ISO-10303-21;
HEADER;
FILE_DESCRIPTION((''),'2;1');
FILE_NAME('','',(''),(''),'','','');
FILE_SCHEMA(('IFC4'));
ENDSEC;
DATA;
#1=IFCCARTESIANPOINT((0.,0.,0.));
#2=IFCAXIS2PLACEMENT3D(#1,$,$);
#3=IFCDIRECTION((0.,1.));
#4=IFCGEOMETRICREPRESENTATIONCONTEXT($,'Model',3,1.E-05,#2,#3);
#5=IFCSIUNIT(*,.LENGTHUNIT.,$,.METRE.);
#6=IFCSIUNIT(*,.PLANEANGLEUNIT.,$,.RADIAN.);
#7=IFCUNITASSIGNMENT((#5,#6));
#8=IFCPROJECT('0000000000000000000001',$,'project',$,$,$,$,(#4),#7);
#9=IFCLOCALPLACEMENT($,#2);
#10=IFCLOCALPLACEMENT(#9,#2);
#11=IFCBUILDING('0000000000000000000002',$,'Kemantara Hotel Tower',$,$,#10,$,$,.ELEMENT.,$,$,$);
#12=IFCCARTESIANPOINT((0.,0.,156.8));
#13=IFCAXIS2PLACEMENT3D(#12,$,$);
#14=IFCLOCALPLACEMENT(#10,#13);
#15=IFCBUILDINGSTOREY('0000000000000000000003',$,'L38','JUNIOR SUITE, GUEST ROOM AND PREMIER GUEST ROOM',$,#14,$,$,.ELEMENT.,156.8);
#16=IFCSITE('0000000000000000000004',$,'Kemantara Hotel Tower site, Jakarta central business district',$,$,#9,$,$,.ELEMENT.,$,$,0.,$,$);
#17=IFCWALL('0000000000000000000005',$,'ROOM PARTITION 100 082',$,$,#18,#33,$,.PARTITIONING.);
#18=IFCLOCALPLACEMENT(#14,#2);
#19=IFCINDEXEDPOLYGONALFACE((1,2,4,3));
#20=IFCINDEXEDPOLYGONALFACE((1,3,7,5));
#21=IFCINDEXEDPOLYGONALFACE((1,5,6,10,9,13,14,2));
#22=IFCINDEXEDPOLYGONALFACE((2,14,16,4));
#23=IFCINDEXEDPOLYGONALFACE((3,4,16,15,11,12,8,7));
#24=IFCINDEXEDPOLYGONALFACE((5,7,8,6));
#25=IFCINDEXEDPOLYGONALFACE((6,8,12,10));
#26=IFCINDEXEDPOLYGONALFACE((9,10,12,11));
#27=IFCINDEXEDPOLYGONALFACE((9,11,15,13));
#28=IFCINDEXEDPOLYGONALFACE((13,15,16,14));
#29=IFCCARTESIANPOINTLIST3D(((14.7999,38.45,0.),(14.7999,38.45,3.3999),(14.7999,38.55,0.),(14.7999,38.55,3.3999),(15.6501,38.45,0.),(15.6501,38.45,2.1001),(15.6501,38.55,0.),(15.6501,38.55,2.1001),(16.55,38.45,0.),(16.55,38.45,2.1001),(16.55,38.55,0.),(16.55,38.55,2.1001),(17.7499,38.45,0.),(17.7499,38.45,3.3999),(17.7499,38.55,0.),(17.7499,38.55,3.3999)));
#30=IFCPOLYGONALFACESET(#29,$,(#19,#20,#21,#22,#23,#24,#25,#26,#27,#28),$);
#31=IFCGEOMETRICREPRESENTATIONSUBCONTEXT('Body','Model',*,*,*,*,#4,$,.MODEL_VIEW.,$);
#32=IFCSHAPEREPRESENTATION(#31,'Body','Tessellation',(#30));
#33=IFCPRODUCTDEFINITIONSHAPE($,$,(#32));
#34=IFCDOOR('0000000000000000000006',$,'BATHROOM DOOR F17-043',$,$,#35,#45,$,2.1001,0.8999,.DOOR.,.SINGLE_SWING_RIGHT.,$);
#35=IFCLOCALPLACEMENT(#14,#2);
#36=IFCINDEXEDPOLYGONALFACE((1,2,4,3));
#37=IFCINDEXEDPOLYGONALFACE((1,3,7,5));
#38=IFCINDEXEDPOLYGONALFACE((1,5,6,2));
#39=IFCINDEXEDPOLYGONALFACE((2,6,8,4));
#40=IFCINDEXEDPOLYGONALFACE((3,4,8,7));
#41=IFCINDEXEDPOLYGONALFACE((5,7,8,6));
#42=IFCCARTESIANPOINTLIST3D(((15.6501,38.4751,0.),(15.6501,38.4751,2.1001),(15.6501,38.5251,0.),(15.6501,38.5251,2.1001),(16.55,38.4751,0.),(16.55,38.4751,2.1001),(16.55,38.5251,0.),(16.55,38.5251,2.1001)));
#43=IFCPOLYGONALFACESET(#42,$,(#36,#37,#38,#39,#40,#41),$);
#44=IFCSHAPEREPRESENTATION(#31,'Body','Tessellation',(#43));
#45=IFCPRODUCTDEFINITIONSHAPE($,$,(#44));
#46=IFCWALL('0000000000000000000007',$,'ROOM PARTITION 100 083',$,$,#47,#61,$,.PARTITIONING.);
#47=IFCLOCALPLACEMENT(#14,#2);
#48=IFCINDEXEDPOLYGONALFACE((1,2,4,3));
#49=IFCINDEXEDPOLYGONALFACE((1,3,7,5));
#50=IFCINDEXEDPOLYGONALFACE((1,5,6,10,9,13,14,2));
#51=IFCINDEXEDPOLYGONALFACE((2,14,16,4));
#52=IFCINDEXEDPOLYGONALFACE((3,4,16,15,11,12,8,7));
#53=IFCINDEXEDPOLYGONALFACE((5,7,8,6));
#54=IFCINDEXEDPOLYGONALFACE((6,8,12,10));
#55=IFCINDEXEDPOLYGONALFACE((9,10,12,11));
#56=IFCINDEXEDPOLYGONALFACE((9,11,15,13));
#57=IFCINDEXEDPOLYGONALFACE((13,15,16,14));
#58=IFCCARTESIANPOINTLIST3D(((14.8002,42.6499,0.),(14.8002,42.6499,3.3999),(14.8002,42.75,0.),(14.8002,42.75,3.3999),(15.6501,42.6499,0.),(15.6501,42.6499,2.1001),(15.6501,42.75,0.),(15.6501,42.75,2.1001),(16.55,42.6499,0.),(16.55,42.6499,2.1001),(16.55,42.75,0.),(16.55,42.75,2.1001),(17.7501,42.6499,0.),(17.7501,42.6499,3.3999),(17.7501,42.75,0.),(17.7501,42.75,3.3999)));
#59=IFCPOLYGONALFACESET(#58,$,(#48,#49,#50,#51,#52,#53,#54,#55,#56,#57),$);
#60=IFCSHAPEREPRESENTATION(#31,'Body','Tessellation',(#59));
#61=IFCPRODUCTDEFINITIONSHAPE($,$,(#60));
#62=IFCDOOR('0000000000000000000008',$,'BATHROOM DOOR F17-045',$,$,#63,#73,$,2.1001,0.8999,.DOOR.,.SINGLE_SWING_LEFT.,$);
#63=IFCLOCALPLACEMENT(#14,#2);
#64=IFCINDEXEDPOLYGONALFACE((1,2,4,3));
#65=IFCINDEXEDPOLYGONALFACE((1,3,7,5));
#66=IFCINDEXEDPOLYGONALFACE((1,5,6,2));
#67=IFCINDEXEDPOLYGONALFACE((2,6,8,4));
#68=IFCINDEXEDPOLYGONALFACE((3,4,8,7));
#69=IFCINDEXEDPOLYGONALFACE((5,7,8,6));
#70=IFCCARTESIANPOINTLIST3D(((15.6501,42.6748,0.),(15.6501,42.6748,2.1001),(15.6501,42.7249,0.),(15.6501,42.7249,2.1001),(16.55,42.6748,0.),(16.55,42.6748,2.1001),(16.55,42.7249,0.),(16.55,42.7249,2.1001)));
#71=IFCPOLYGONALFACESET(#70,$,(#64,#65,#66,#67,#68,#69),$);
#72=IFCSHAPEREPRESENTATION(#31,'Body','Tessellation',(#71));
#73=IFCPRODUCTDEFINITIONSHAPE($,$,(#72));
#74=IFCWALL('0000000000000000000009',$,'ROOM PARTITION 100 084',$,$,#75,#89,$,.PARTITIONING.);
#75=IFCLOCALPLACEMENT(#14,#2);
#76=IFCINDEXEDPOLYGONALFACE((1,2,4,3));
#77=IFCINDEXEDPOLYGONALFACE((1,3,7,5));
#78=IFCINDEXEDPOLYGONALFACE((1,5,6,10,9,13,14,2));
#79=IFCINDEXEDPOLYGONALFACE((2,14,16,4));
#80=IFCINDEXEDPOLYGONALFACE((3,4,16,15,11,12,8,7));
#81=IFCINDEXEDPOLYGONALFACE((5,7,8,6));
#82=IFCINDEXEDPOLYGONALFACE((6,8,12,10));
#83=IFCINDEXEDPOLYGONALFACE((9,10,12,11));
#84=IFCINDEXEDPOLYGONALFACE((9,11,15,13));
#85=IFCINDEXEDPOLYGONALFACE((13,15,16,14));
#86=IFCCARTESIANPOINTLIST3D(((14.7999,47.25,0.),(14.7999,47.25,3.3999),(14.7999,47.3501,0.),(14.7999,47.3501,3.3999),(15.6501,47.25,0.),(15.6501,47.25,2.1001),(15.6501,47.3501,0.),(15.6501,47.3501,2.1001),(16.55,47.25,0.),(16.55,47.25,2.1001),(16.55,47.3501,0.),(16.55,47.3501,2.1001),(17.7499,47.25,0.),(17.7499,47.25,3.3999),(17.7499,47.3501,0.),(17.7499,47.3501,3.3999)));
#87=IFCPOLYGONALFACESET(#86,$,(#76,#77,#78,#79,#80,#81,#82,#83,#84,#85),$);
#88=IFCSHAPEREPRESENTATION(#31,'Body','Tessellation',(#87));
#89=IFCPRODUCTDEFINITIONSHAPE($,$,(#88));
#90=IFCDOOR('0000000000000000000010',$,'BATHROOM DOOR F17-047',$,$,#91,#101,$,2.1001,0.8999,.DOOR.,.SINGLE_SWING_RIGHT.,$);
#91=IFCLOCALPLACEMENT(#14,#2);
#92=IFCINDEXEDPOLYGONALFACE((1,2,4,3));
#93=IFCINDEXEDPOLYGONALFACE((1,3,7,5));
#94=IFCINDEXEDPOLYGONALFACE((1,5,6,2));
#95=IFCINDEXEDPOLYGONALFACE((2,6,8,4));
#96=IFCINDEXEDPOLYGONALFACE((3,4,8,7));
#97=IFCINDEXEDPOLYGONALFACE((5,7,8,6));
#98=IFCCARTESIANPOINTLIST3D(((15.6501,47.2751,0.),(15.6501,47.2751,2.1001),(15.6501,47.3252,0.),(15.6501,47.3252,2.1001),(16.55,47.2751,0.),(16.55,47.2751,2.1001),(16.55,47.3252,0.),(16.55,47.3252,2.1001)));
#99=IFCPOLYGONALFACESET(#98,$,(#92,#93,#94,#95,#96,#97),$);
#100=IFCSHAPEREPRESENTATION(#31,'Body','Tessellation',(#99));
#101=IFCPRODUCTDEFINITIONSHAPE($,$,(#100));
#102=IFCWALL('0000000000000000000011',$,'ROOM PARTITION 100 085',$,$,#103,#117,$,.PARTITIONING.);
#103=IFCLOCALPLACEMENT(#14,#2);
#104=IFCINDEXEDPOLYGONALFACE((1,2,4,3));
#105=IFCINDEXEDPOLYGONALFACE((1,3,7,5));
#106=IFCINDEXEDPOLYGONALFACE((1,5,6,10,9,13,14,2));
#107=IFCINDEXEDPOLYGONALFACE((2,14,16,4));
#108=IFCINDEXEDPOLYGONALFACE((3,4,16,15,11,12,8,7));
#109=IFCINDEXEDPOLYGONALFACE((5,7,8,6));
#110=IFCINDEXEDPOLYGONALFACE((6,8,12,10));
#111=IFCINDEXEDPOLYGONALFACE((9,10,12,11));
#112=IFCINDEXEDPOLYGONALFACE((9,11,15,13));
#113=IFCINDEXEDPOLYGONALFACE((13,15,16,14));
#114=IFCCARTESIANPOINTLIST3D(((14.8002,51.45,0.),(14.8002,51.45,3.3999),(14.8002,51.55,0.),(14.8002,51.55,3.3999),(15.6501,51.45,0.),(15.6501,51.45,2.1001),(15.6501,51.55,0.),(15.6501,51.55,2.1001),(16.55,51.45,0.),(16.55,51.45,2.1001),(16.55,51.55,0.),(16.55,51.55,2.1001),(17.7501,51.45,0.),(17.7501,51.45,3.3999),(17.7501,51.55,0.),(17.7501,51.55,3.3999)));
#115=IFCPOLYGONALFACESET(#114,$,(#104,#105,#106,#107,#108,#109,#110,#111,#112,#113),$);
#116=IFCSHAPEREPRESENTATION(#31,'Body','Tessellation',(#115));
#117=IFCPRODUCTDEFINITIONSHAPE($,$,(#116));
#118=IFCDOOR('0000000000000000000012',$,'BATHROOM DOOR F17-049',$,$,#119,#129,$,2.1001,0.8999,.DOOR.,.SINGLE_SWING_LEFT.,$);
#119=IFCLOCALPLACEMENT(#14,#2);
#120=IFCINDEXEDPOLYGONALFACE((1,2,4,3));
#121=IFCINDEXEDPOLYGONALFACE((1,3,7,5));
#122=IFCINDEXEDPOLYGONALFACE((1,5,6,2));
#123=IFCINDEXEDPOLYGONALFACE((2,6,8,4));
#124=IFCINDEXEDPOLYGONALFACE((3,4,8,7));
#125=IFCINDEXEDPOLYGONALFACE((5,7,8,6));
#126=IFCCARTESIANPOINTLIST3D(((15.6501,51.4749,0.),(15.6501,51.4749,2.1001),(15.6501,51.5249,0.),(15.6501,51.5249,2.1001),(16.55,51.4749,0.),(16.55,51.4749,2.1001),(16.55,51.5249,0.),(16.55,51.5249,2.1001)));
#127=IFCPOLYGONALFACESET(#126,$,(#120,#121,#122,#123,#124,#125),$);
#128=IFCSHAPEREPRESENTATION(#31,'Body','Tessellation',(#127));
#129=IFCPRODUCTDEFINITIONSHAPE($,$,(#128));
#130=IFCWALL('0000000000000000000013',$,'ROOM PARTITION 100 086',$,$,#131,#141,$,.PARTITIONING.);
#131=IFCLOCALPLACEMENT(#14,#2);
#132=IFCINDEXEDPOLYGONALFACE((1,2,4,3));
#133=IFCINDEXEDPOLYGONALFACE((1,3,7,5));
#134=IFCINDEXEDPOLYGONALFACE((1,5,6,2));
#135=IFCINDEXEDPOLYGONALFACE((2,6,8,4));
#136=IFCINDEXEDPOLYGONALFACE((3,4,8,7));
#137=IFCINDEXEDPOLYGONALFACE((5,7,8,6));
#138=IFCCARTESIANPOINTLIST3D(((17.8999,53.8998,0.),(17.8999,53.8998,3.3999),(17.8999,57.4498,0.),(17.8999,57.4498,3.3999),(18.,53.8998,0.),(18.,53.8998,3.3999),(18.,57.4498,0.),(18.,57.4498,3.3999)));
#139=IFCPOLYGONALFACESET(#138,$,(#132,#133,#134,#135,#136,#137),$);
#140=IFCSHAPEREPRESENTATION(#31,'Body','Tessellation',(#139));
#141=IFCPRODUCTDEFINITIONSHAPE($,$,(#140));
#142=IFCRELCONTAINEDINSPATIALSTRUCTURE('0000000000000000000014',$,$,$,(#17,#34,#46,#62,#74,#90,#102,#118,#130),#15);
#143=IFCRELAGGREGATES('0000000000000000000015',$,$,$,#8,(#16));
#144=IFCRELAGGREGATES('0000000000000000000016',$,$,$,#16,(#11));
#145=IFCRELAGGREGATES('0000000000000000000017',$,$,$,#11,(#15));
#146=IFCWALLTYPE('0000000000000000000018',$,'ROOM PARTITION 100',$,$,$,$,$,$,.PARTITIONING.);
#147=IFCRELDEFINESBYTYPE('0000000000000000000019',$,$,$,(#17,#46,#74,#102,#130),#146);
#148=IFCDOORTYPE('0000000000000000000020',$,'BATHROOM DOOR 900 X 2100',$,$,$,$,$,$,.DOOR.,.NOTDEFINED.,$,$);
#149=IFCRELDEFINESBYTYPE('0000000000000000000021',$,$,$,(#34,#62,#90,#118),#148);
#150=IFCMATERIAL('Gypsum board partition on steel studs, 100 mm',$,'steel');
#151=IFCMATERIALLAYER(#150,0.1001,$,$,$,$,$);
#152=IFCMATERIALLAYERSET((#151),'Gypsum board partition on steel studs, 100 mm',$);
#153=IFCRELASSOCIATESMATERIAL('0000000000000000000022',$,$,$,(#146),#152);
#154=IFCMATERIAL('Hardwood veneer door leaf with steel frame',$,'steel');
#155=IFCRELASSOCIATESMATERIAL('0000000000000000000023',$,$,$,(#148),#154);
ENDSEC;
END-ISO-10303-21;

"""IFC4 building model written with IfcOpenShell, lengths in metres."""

from ifc_helpers import new_model, si_unit, direction, frame, frame_2d, origin, place, context, subcontext, project, spatial, rectangle, extrude, material, layer, layer_set, type_object, element, fill, save


model = new_model("IFC4")

# Units and contexts
model_context = context("Model", 3, precision=1e-05, world=origin(), true_north=direction((0.0, 1.0)))
body_context = subcontext(model_context, "Body", "Model", "MODEL_VIEW")
ifc_project = project(units=[si_unit("LENGTHUNIT", "METRE"), si_unit("PLANEANGLEUNIT", "RADIAN")], contexts=[model_context])

# Site, building, storey
site_placement = place(None, origin())
site = spatial("IfcSite", under=ifc_project, at=site_placement, Name="Kemantara Hotel Tower site, Jakarta central business district", CompositionType="ELEMENT", RefElevation=0.0)
building_placement = place(site_placement, origin())
building = spatial("IfcBuilding", under=site, at=building_placement, Name="Kemantara Hotel Tower", CompositionType="ELEMENT")
storey_placement = place(building_placement, frame((0.0, 0.0, 156.8)))
storey = spatial("IfcBuildingStorey", under=building, at=storey_placement, Name="L38", Description="JUNIOR SUITE, GUEST ROOM AND PREMIER GUEST ROOM", CompositionType="ELEMENT", Elevation=156.8)

# Shared definitions
ifc_material_1 = material(Name="Gypsum board partition on steel studs, 100 mm", Category="steel")
ifc_layer_1 = layer(ifc_material_1, 0.1001)
ifc_layer_set_1 = layer_set([ifc_layer_1], Name="Gypsum board partition on steel studs, 100 mm")
wall_type_1 = type_object("IfcWallType", Name="ROOM PARTITION 100", PredefinedType="PARTITIONING", material=ifc_layer_set_1)

# Walls, openings, doors
wall_1_placement = place(storey_placement, frame((17.75, 38.5, 0.0), z_axis=(0.0, 0.0, 1.0), x_axis=(-1.0, 0.0, 0.0)))
wall_1 = element("IfcWall", 1, at=wall_1_placement, inside=storey, type_object=wall_type_1, Name="ROOM PARTITION 100 082", PredefinedType="PARTITIONING", context=body_context, shape_type="SweptSolid", body=[
    extrude(rectangle(XDim=2.95, YDim=0.1001, at=frame_2d((1.4751, 0.0))), origin(), (0.0, 0.0, 1.0), 3.3999),
])
opening_1_placement = place(wall_1_placement, frame((1.2, 0.0, 0.0)))
opening_1 = element("IfcOpeningElement", 2, at=opening_1_placement, cuts=wall_1, PredefinedType="OPENING", context=body_context, shape_type="SweptSolid", body=[
    extrude(rectangle(XDim=0.8999, YDim=2.1001, at=frame_2d((0.45, 1.05))), frame((0.0, 0.0601, 0.0), z_axis=(0.0, -1.0, 0.0), x_axis=(1.0, 0.0, 0.0)), (0.0, 0.0, 1.0), 0.1201),
])
ifc_material_2 = material(Name="Hardwood veneer door leaf with steel frame", Category="steel")
door_type = type_object("IfcDoorType", Name="BATHROOM DOOR 900 X 2100", OperationType="NOTDEFINED", PredefinedType="DOOR", material=ifc_material_2)
door_1_placement = place(opening_1_placement, origin())
door_1 = element("IfcDoor", 3, at=door_1_placement, inside=storey, type_object=door_type, Name="BATHROOM DOOR F17-043", OperationType="SINGLE_SWING_RIGHT", OverallHeight=2.1001, OverallWidth=0.8999, PredefinedType="DOOR", context=body_context, shape_type="SweptSolid", body=[
    extrude(rectangle(XDim=0.8999, YDim=2.1001, at=frame_2d((0.45, 1.05))), frame((0.0, 0.0249, 0.0), z_axis=(0.0, -1.0, 0.0), x_axis=(1.0, 0.0, 0.0)), (0.0, 0.0, 1.0), 0.05),
])
fill(opening_1, door_1)
wall_2_placement = place(storey_placement, frame((14.8, 42.7, 0.0), z_axis=(0.0, 0.0, 1.0), x_axis=(1.0, 0.0, 0.0)))
wall_2 = element("IfcWall", 4, at=wall_2_placement, inside=storey, type_object=wall_type_1, Name="ROOM PARTITION 100 083", PredefinedType="PARTITIONING", context=body_context, shape_type="SweptSolid", body=[
    extrude(rectangle(XDim=2.95, YDim=0.1001, at=frame_2d((1.4751, 0.0))), origin(), (0.0, 0.0, 1.0), 3.3999),
])
opening_2_placement = place(wall_2_placement, frame((0.8501, 0.0, 0.0)))
opening_2 = element("IfcOpeningElement", 5, at=opening_2_placement, cuts=wall_2, PredefinedType="OPENING", context=body_context, shape_type="SweptSolid", body=[
    extrude(rectangle(XDim=0.8999, YDim=2.1001, at=frame_2d((0.45, 1.05))), frame((0.0, 0.0601, 0.0), z_axis=(0.0, -1.0, 0.0), x_axis=(1.0, 0.0, 0.0)), (0.0, 0.0, 1.0), 0.1201),
])
door_2_placement = place(opening_2_placement, origin())
door_2 = element("IfcDoor", 6, at=door_2_placement, inside=storey, type_object=door_type, Name="BATHROOM DOOR F17-045", OperationType="SINGLE_SWING_LEFT", OverallHeight=2.1001, OverallWidth=0.8999, PredefinedType="DOOR", context=body_context, shape_type="SweptSolid", body=[
    extrude(rectangle(XDim=0.8999, YDim=2.1001, at=frame_2d((0.45, 1.05))), frame((0.0, 0.0249, 0.0), z_axis=(0.0, -1.0, 0.0), x_axis=(1.0, 0.0, 0.0)), (0.0, 0.0, 1.0), 0.05),
])
fill(opening_2, door_2)
wall_3_placement = place(storey_placement, frame((17.75, 47.3, 0.0), z_axis=(0.0, 0.0, 1.0), x_axis=(-1.0, 0.0, 0.0)))
wall_3 = element("IfcWall", 7, at=wall_3_placement, inside=storey, type_object=wall_type_1, Name="ROOM PARTITION 100 084", PredefinedType="PARTITIONING", context=body_context, shape_type="SweptSolid", body=[
    extrude(rectangle(XDim=2.95, YDim=0.1001, at=frame_2d((1.4751, 0.0))), origin(), (0.0, 0.0, 1.0), 3.3999),
])
opening_3_placement = place(wall_3_placement, frame((1.2, 0.0, 0.0)))
opening_3 = element("IfcOpeningElement", 8, at=opening_3_placement, cuts=wall_3, PredefinedType="OPENING", context=body_context, shape_type="SweptSolid", body=[
    extrude(rectangle(XDim=0.8999, YDim=2.1001, at=frame_2d((0.45, 1.05))), frame((0.0, 0.0601, 0.0), z_axis=(0.0, -1.0, 0.0), x_axis=(1.0, 0.0, 0.0)), (0.0, 0.0, 1.0), 0.1201),
])
door_3_placement = place(opening_3_placement, origin())
door_3 = element("IfcDoor", 9, at=door_3_placement, inside=storey, type_object=door_type, Name="BATHROOM DOOR F17-047", OperationType="SINGLE_SWING_RIGHT", OverallHeight=2.1001, OverallWidth=0.8999, PredefinedType="DOOR", context=body_context, shape_type="SweptSolid", body=[
    extrude(rectangle(XDim=0.8999, YDim=2.1001, at=frame_2d((0.45, 1.05))), frame((0.0, 0.0249, 0.0), z_axis=(0.0, -1.0, 0.0), x_axis=(1.0, 0.0, 0.0)), (0.0, 0.0, 1.0), 0.05),
])
fill(opening_3, door_3)
wall_4_placement = place(storey_placement, frame((14.8, 51.5, 0.0), z_axis=(0.0, 0.0, 1.0), x_axis=(1.0, 0.0, 0.0)))
wall_4 = element("IfcWall", 10, at=wall_4_placement, inside=storey, type_object=wall_type_1, Name="ROOM PARTITION 100 085", PredefinedType="PARTITIONING", context=body_context, shape_type="SweptSolid", body=[
    extrude(rectangle(XDim=2.95, YDim=0.1001, at=frame_2d((1.4751, 0.0))), origin(), (0.0, 0.0, 1.0), 3.3999),
])
opening_4_placement = place(wall_4_placement, frame((0.8501, 0.0, 0.0)))
opening_4 = element("IfcOpeningElement", 11, at=opening_4_placement, cuts=wall_4, PredefinedType="OPENING", context=body_context, shape_type="SweptSolid", body=[
    extrude(rectangle(XDim=0.8999, YDim=2.1001, at=frame_2d((0.45, 1.05))), frame((0.0, 0.0601, 0.0), z_axis=(0.0, -1.0, 0.0), x_axis=(1.0, 0.0, 0.0)), (0.0, 0.0, 1.0), 0.1201),
])
door_4_placement = place(opening_4_placement, origin())
door_4 = element("IfcDoor", 12, at=door_4_placement, inside=storey, type_object=door_type, Name="BATHROOM DOOR F17-049", OperationType="SINGLE_SWING_LEFT", OverallHeight=2.1001, OverallWidth=0.8999, PredefinedType="DOOR", context=body_context, shape_type="SweptSolid", body=[
    extrude(rectangle(XDim=0.8999, YDim=2.1001, at=frame_2d((0.45, 1.05))), frame((0.0, 0.0249, 0.0), z_axis=(0.0, -1.0, 0.0), x_axis=(1.0, 0.0, 0.0)), (0.0, 0.0, 1.0), 0.05),
])
fill(opening_4, door_4)

# Wall
wall_5_placement = place(storey_placement, frame((17.95, 53.8999, 0.0), z_axis=(0.0, 0.0, 1.0), x_axis=(0.0, 1.0, 0.0)))
element("IfcWall", 13, at=wall_5_placement, inside=storey, type_object=wall_type_1, Name="ROOM PARTITION 100 086", PredefinedType="PARTITIONING", context=body_context, shape_type="SweptSolid", body=[
    extrude(rectangle(XDim=3.55, YDim=0.1001, at=frame_2d((1.7749, 0.0))), origin(), (0.0, 0.0, 1.0), 3.3999),
])

save(model, "model.ifc")
